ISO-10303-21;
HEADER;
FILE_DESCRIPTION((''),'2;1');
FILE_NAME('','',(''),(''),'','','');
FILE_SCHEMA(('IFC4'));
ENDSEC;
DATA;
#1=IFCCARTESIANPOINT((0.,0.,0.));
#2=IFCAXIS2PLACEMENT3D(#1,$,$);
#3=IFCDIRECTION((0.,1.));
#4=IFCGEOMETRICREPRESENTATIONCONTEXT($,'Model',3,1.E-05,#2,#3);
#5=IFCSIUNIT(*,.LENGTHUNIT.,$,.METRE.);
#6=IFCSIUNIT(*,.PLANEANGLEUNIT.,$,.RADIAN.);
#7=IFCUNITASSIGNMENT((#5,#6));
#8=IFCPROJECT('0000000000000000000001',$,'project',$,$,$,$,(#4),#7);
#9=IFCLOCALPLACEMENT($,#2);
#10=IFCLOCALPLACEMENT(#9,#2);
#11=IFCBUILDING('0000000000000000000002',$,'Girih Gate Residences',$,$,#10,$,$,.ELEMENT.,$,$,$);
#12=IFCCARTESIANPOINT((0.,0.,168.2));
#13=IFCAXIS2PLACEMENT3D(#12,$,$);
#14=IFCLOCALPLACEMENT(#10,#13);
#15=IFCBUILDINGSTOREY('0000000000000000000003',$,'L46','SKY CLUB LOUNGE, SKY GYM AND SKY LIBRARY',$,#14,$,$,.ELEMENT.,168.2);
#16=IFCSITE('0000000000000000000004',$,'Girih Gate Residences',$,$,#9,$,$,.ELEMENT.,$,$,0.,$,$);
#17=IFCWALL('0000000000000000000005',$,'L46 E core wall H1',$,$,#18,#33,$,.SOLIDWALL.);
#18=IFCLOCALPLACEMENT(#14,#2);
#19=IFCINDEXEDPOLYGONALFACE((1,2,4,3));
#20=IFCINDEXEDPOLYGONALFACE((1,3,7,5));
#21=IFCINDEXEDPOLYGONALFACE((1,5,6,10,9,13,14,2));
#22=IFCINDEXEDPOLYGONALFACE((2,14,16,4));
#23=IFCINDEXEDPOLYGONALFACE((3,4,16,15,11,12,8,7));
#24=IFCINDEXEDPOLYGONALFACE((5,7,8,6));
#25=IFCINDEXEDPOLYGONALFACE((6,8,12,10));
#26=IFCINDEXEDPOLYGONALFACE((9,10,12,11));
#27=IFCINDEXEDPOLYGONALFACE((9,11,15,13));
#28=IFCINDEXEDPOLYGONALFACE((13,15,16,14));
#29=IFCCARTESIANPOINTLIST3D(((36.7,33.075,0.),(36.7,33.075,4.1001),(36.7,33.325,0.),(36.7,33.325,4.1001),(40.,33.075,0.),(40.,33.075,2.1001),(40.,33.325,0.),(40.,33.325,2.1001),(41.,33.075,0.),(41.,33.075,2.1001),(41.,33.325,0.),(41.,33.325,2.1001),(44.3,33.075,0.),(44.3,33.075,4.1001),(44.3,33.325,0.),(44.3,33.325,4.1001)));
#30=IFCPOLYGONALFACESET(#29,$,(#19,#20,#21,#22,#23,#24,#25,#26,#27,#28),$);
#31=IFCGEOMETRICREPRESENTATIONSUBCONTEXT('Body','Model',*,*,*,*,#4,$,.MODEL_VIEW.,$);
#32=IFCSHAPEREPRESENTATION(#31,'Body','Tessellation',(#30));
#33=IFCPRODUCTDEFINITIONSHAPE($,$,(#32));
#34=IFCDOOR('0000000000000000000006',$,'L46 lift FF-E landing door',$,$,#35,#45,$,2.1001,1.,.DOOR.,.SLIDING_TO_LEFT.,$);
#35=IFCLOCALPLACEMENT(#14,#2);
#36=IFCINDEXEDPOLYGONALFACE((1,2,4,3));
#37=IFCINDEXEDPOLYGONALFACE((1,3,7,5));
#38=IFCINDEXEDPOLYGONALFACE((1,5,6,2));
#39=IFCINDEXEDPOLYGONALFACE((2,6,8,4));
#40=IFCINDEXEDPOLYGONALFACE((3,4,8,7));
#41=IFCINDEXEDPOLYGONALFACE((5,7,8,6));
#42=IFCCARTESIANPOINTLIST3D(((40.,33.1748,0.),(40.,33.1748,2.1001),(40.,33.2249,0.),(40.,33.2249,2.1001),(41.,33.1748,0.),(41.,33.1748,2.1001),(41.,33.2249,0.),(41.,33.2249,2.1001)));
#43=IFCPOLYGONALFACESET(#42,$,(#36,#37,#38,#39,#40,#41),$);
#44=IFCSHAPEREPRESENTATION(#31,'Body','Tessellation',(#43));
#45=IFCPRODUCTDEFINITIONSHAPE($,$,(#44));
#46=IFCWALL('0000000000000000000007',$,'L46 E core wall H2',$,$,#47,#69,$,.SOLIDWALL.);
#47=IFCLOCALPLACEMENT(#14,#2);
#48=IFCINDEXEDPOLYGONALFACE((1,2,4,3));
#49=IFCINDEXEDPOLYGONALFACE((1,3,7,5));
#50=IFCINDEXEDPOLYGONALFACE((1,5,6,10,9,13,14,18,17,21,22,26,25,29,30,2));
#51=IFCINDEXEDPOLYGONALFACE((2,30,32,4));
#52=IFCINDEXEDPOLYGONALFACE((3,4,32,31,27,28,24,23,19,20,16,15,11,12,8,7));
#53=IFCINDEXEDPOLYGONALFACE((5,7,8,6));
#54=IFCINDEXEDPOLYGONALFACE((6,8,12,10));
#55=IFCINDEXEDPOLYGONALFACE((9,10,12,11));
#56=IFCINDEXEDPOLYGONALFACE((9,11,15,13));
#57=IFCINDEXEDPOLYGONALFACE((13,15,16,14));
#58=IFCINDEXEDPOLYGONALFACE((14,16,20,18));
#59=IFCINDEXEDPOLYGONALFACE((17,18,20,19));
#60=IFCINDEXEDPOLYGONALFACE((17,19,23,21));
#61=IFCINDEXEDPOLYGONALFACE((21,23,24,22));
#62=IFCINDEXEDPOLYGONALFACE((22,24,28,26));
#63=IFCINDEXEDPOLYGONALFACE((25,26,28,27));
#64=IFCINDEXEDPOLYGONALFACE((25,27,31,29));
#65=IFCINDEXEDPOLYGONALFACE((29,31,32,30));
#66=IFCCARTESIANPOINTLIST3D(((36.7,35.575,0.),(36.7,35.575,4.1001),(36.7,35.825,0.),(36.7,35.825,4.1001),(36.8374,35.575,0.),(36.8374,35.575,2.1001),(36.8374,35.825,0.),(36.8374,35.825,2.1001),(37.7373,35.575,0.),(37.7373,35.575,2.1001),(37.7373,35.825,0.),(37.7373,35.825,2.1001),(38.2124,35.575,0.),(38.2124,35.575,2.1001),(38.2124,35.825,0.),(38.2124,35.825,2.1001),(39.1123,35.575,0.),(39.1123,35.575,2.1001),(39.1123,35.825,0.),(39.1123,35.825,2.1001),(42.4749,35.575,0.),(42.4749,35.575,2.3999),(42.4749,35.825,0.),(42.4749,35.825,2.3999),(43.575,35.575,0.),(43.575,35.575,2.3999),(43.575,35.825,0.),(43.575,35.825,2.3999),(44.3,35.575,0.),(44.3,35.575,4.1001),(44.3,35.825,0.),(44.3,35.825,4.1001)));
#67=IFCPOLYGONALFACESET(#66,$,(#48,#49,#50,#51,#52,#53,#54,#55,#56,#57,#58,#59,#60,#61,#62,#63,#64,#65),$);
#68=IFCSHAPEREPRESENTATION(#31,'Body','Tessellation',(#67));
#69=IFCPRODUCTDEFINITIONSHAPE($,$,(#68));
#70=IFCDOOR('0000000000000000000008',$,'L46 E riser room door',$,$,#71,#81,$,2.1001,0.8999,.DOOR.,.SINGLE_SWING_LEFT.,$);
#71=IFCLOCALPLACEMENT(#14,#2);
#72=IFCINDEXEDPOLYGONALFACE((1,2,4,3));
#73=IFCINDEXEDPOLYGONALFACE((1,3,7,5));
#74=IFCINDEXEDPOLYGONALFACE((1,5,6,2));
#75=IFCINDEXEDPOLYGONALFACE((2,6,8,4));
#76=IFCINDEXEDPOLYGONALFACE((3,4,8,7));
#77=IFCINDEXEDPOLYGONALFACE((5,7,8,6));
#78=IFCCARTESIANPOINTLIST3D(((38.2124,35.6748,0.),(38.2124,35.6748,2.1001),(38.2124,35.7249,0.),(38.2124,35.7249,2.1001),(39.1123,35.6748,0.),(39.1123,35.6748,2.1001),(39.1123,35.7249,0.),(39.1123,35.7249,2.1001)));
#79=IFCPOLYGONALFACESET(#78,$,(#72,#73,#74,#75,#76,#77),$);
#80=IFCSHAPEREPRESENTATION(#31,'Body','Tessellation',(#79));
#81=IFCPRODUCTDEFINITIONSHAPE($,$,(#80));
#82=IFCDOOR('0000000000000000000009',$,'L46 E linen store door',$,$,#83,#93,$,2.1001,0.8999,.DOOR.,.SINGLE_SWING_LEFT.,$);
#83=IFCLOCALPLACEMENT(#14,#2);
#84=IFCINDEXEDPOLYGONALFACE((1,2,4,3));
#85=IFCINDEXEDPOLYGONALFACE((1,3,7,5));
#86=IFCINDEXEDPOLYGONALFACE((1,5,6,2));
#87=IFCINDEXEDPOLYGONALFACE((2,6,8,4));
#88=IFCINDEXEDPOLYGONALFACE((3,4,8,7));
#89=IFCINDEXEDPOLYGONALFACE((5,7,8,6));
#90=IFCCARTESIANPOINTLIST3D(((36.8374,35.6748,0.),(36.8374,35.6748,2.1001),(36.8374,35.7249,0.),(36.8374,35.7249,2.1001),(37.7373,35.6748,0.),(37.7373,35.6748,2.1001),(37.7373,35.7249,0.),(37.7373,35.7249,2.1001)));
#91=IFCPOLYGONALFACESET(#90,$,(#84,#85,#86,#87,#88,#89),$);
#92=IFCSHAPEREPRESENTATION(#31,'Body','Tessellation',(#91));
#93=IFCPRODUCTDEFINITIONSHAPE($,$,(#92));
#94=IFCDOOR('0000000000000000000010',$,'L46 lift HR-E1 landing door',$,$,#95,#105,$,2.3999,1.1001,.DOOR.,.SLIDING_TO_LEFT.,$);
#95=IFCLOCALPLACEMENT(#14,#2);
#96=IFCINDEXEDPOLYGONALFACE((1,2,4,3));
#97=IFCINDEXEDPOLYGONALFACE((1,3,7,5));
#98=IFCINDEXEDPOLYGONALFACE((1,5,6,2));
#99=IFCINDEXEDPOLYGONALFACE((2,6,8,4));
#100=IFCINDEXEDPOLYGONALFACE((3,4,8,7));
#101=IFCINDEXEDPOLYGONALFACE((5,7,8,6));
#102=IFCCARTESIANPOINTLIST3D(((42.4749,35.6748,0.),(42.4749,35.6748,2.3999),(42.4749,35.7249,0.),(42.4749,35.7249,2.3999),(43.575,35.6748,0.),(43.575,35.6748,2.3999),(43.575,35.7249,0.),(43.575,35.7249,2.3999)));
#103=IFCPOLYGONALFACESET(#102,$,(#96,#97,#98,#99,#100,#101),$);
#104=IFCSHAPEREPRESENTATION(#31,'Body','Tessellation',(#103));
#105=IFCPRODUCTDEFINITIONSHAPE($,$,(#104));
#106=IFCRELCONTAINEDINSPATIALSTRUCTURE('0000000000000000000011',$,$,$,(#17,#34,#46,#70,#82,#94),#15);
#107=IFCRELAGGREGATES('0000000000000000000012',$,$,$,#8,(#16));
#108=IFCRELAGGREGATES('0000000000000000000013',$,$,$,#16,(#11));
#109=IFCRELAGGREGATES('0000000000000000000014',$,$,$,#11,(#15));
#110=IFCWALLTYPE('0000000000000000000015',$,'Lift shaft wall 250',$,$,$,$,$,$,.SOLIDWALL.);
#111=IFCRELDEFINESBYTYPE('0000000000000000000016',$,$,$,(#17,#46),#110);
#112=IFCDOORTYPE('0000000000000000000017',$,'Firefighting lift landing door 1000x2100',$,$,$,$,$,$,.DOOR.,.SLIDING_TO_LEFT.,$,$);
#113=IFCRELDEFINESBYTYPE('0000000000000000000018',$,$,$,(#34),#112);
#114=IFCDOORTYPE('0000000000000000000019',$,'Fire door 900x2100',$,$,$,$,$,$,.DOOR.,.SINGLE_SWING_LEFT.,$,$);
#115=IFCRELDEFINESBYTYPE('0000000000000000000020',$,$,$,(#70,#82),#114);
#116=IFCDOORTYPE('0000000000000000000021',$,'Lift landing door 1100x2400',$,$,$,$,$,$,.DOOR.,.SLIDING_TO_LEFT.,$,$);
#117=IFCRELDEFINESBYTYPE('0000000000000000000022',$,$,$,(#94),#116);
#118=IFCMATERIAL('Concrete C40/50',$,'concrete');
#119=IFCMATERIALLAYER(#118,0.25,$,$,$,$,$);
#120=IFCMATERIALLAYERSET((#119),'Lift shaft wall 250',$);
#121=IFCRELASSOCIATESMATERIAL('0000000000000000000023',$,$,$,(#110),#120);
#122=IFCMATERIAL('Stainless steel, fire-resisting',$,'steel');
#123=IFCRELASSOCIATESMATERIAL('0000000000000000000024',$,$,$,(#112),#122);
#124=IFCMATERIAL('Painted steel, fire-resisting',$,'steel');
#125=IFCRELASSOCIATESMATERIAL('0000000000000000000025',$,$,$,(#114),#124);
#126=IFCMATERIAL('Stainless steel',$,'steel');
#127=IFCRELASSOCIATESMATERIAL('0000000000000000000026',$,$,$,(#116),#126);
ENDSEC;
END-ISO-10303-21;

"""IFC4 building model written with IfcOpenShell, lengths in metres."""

from ifc_helpers import new_model, si_unit, direction, frame, frame_2d, origin, place, context, subcontext, project, spatial, rectangle, extrude, material, layer, layer_set, type_object, element, fill, save


model = new_model("IFC4")

# Units and contexts
model_context = context("Model", 3, precision=1e-05, world=origin(), true_north=direction((0.0, 1.0)))
body_context = subcontext(model_context, "Body", "Model", "MODEL_VIEW")
ifc_project = project(units=[si_unit("LENGTHUNIT", "METRE"), si_unit("PLANEANGLEUNIT", "RADIAN")], contexts=[model_context])

# Site, building, storey
site_placement = place(None, origin())
site = spatial("IfcSite", under=ifc_project, at=site_placement, Name="Girih Gate Residences", CompositionType="ELEMENT", RefElevation=0.0)
building_placement = place(site_placement, origin())
building = spatial("IfcBuilding", under=site, at=building_placement, Name="Girih Gate Residences", CompositionType="ELEMENT")
storey_placement = place(building_placement, frame((0.0, 0.0, 168.2)))
storey = spatial("IfcBuildingStorey", under=building, at=storey_placement, Name="L46", Description="SKY CLUB LOUNGE, SKY GYM AND SKY LIBRARY", CompositionType="ELEMENT", Elevation=168.2)

# Wall, opening, door
ifc_material_1 = material(Name="Concrete C40/50", Category="concrete")
ifc_layer_1 = layer(ifc_material_1, 0.25)
ifc_layer_set_1 = layer_set([ifc_layer_1], Name="Lift shaft wall 250")
wall_type_1 = type_object("IfcWallType", Name="Lift shaft wall 250", PredefinedType="SOLIDWALL", material=ifc_layer_set_1)
wall_1_placement = place(storey_placement, frame((36.7, 33.2, 0.0), z_axis=(0.0, 0.0, 1.0), x_axis=(1.0, 0.0, 0.0)))
wall_1 = element("IfcWall", 1, at=wall_1_placement, inside=storey, type_object=wall_type_1, Name="L46 E core wall H1", PredefinedType="SOLIDWALL", context=body_context, shape_type="SweptSolid", body=[
    extrude(rectangle(XDim=7.6001, YDim=0.25, at=frame_2d((3.8, 0.0))), origin(), (0.0, 0.0, 1.0), 4.1001),
])
opening_1_placement = place(wall_1_placement, frame((3.3, 0.0, 0.0)))
opening_1 = element("IfcOpeningElement", 2, at=opening_1_placement, cuts=wall_1, PredefinedType="OPENING", context=body_context, shape_type="SweptSolid", body=[
    extrude(rectangle(XDim=1.0, YDim=2.1001, at=frame_2d((0.5, 1.05))), frame((0.0, 0.135, 0.0), z_axis=(0.0, -1.0, 0.0), x_axis=(1.0, 0.0, 0.0)), (0.0, 0.0, 1.0), 0.27),
])
ifc_material_2 = material(Name="Stainless steel, fire-resisting", Category="steel")
door_type_1 = type_object("IfcDoorType", Name="Firefighting lift landing door 1000x2100", OperationType="SLIDING_TO_LEFT", PredefinedType="DOOR", material=ifc_material_2)
door_1_placement = place(opening_1_placement, origin())
door_1 = element("IfcDoor", 3, at=door_1_placement, inside=storey, type_object=door_type_1, Name="L46 lift FF-E landing door", OperationType="SLIDING_TO_LEFT", OverallHeight=2.1001, OverallWidth=1.0, PredefinedType="DOOR", context=body_context, shape_type="SweptSolid", body=[
    extrude(rectangle(XDim=1.0, YDim=2.1001, at=frame_2d((0.5, 1.05))), frame((0.0, 0.0249, 0.0), z_axis=(0.0, -1.0, 0.0), x_axis=(1.0, 0.0, 0.0)), (0.0, 0.0, 1.0), 0.05),
])
fill(opening_1, door_1)

# Wall, openings, doors
wall_2_placement = place(storey_placement, frame((36.7, 35.7, 0.0), z_axis=(0.0, 0.0, 1.0), x_axis=(1.0, 0.0, 0.0)))
wall_2 = element("IfcWall", 4, at=wall_2_placement, inside=storey, type_object=wall_type_1, Name="L46 E core wall H2", PredefinedType="SOLIDWALL", context=body_context, shape_type="SweptSolid", body=[
    extrude(rectangle(XDim=7.6001, YDim=0.25, at=frame_2d((3.8, 0.0))), origin(), (0.0, 0.0, 1.0), 4.1001),
])
opening_2_placement = place(wall_2_placement, frame((5.7749, 0.0, 0.0)))
opening_2 = element("IfcOpeningElement", 5, at=opening_2_placement, cuts=wall_2, PredefinedType="OPENING", context=body_context, shape_type="SweptSolid", body=[
    extrude(rectangle(XDim=1.1001, YDim=2.3999, at=frame_2d((0.55, 1.2))), frame((0.0, 0.135, 0.0), z_axis=(0.0, -1.0, 0.0), x_axis=(1.0, 0.0, 0.0)), (0.0, 0.0, 1.0), 0.27),
])
opening_3_placement = place(wall_2_placement, frame((1.5125, 0.0, 0.0)))
opening_3 = element("IfcOpeningElement", 6, at=opening_3_placement, cuts=wall_2, PredefinedType="OPENING", context=body_context, shape_type="SweptSolid", body=[
    extrude(rectangle(XDim=0.8999, YDim=2.1001, at=frame_2d((0.45, 1.05))), frame((0.0, 0.135, 0.0), z_axis=(0.0, -1.0, 0.0), x_axis=(1.0, 0.0, 0.0)), (0.0, 0.0, 1.0), 0.27),
])
opening_4_placement = place(wall_2_placement, frame((0.1375, 0.0, 0.0)))
opening_4 = element("IfcOpeningElement", 7, at=opening_4_placement, cuts=wall_2, PredefinedType="OPENING", context=body_context, shape_type="SweptSolid", body=[
    extrude(rectangle(XDim=0.8999, YDim=2.1001, at=frame_2d((0.45, 1.05))), frame((0.0, 0.135, 0.0), z_axis=(0.0, -1.0, 0.0), x_axis=(1.0, 0.0, 0.0)), (0.0, 0.0, 1.0), 0.27),
])
ifc_material_3 = material(Name="Painted steel, fire-resisting", Category="steel")
door_type_2 = type_object("IfcDoorType", Name="Fire door 900x2100", OperationType="SINGLE_SWING_LEFT", PredefinedType="DOOR", material=ifc_material_3)
door_2_placement = place(opening_3_placement, origin())
door_2 = element("IfcDoor", 8, at=door_2_placement, inside=storey, type_object=door_type_2, Name="L46 E riser room door", OperationType="SINGLE_SWING_LEFT", OverallHeight=2.1001, OverallWidth=0.8999, PredefinedType="DOOR", context=body_context, shape_type="SweptSolid", body=[
    extrude(rectangle(XDim=0.8999, YDim=2.1001, at=frame_2d((0.45, 1.05))), frame((0.0, 0.0249, 0.0), z_axis=(0.0, -1.0, 0.0), x_axis=(1.0, 0.0, 0.0)), (0.0, 0.0, 1.0), 0.05),
])
fill(opening_3, door_2)
door_3_placement = place(opening_4_placement, origin())
door_3 = element("IfcDoor", 9, at=door_3_placement, inside=storey, type_object=door_type_2, Name="L46 E linen store door", OperationType="SINGLE_SWING_LEFT", OverallHeight=2.1001, OverallWidth=0.8999, PredefinedType="DOOR", context=body_context, shape_type="SweptSolid", body=[
    extrude(rectangle(XDim=0.8999, YDim=2.1001, at=frame_2d((0.45, 1.05))), frame((0.0, 0.0249, 0.0), z_axis=(0.0, -1.0, 0.0), x_axis=(1.0, 0.0, 0.0)), (0.0, 0.0, 1.0), 0.05),
])
fill(opening_4, door_3)
ifc_material_4 = material(Name="Stainless steel", Category="steel")
door_type_3 = type_object("IfcDoorType", Name="Lift landing door 1100x2400", OperationType="SLIDING_TO_LEFT", PredefinedType="DOOR", material=ifc_material_4)
door_4_placement = place(opening_2_placement, origin())
door_4 = element("IfcDoor", 10, at=door_4_placement, inside=storey, type_object=door_type_3, Name="L46 lift HR-E1 landing door", OperationType="SLIDING_TO_LEFT", OverallHeight=2.3999, OverallWidth=1.1001, PredefinedType="DOOR", context=body_context, shape_type="SweptSolid", body=[
    extrude(rectangle(XDim=1.1001, YDim=2.3999, at=frame_2d((0.55, 1.2))), frame((0.0, 0.0249, 0.0), z_axis=(0.0, -1.0, 0.0), x_axis=(1.0, 0.0, 0.0)), (0.0, 0.0, 1.0), 0.05),
])
fill(opening_2, door_4)

save(model, "model.ifc")
